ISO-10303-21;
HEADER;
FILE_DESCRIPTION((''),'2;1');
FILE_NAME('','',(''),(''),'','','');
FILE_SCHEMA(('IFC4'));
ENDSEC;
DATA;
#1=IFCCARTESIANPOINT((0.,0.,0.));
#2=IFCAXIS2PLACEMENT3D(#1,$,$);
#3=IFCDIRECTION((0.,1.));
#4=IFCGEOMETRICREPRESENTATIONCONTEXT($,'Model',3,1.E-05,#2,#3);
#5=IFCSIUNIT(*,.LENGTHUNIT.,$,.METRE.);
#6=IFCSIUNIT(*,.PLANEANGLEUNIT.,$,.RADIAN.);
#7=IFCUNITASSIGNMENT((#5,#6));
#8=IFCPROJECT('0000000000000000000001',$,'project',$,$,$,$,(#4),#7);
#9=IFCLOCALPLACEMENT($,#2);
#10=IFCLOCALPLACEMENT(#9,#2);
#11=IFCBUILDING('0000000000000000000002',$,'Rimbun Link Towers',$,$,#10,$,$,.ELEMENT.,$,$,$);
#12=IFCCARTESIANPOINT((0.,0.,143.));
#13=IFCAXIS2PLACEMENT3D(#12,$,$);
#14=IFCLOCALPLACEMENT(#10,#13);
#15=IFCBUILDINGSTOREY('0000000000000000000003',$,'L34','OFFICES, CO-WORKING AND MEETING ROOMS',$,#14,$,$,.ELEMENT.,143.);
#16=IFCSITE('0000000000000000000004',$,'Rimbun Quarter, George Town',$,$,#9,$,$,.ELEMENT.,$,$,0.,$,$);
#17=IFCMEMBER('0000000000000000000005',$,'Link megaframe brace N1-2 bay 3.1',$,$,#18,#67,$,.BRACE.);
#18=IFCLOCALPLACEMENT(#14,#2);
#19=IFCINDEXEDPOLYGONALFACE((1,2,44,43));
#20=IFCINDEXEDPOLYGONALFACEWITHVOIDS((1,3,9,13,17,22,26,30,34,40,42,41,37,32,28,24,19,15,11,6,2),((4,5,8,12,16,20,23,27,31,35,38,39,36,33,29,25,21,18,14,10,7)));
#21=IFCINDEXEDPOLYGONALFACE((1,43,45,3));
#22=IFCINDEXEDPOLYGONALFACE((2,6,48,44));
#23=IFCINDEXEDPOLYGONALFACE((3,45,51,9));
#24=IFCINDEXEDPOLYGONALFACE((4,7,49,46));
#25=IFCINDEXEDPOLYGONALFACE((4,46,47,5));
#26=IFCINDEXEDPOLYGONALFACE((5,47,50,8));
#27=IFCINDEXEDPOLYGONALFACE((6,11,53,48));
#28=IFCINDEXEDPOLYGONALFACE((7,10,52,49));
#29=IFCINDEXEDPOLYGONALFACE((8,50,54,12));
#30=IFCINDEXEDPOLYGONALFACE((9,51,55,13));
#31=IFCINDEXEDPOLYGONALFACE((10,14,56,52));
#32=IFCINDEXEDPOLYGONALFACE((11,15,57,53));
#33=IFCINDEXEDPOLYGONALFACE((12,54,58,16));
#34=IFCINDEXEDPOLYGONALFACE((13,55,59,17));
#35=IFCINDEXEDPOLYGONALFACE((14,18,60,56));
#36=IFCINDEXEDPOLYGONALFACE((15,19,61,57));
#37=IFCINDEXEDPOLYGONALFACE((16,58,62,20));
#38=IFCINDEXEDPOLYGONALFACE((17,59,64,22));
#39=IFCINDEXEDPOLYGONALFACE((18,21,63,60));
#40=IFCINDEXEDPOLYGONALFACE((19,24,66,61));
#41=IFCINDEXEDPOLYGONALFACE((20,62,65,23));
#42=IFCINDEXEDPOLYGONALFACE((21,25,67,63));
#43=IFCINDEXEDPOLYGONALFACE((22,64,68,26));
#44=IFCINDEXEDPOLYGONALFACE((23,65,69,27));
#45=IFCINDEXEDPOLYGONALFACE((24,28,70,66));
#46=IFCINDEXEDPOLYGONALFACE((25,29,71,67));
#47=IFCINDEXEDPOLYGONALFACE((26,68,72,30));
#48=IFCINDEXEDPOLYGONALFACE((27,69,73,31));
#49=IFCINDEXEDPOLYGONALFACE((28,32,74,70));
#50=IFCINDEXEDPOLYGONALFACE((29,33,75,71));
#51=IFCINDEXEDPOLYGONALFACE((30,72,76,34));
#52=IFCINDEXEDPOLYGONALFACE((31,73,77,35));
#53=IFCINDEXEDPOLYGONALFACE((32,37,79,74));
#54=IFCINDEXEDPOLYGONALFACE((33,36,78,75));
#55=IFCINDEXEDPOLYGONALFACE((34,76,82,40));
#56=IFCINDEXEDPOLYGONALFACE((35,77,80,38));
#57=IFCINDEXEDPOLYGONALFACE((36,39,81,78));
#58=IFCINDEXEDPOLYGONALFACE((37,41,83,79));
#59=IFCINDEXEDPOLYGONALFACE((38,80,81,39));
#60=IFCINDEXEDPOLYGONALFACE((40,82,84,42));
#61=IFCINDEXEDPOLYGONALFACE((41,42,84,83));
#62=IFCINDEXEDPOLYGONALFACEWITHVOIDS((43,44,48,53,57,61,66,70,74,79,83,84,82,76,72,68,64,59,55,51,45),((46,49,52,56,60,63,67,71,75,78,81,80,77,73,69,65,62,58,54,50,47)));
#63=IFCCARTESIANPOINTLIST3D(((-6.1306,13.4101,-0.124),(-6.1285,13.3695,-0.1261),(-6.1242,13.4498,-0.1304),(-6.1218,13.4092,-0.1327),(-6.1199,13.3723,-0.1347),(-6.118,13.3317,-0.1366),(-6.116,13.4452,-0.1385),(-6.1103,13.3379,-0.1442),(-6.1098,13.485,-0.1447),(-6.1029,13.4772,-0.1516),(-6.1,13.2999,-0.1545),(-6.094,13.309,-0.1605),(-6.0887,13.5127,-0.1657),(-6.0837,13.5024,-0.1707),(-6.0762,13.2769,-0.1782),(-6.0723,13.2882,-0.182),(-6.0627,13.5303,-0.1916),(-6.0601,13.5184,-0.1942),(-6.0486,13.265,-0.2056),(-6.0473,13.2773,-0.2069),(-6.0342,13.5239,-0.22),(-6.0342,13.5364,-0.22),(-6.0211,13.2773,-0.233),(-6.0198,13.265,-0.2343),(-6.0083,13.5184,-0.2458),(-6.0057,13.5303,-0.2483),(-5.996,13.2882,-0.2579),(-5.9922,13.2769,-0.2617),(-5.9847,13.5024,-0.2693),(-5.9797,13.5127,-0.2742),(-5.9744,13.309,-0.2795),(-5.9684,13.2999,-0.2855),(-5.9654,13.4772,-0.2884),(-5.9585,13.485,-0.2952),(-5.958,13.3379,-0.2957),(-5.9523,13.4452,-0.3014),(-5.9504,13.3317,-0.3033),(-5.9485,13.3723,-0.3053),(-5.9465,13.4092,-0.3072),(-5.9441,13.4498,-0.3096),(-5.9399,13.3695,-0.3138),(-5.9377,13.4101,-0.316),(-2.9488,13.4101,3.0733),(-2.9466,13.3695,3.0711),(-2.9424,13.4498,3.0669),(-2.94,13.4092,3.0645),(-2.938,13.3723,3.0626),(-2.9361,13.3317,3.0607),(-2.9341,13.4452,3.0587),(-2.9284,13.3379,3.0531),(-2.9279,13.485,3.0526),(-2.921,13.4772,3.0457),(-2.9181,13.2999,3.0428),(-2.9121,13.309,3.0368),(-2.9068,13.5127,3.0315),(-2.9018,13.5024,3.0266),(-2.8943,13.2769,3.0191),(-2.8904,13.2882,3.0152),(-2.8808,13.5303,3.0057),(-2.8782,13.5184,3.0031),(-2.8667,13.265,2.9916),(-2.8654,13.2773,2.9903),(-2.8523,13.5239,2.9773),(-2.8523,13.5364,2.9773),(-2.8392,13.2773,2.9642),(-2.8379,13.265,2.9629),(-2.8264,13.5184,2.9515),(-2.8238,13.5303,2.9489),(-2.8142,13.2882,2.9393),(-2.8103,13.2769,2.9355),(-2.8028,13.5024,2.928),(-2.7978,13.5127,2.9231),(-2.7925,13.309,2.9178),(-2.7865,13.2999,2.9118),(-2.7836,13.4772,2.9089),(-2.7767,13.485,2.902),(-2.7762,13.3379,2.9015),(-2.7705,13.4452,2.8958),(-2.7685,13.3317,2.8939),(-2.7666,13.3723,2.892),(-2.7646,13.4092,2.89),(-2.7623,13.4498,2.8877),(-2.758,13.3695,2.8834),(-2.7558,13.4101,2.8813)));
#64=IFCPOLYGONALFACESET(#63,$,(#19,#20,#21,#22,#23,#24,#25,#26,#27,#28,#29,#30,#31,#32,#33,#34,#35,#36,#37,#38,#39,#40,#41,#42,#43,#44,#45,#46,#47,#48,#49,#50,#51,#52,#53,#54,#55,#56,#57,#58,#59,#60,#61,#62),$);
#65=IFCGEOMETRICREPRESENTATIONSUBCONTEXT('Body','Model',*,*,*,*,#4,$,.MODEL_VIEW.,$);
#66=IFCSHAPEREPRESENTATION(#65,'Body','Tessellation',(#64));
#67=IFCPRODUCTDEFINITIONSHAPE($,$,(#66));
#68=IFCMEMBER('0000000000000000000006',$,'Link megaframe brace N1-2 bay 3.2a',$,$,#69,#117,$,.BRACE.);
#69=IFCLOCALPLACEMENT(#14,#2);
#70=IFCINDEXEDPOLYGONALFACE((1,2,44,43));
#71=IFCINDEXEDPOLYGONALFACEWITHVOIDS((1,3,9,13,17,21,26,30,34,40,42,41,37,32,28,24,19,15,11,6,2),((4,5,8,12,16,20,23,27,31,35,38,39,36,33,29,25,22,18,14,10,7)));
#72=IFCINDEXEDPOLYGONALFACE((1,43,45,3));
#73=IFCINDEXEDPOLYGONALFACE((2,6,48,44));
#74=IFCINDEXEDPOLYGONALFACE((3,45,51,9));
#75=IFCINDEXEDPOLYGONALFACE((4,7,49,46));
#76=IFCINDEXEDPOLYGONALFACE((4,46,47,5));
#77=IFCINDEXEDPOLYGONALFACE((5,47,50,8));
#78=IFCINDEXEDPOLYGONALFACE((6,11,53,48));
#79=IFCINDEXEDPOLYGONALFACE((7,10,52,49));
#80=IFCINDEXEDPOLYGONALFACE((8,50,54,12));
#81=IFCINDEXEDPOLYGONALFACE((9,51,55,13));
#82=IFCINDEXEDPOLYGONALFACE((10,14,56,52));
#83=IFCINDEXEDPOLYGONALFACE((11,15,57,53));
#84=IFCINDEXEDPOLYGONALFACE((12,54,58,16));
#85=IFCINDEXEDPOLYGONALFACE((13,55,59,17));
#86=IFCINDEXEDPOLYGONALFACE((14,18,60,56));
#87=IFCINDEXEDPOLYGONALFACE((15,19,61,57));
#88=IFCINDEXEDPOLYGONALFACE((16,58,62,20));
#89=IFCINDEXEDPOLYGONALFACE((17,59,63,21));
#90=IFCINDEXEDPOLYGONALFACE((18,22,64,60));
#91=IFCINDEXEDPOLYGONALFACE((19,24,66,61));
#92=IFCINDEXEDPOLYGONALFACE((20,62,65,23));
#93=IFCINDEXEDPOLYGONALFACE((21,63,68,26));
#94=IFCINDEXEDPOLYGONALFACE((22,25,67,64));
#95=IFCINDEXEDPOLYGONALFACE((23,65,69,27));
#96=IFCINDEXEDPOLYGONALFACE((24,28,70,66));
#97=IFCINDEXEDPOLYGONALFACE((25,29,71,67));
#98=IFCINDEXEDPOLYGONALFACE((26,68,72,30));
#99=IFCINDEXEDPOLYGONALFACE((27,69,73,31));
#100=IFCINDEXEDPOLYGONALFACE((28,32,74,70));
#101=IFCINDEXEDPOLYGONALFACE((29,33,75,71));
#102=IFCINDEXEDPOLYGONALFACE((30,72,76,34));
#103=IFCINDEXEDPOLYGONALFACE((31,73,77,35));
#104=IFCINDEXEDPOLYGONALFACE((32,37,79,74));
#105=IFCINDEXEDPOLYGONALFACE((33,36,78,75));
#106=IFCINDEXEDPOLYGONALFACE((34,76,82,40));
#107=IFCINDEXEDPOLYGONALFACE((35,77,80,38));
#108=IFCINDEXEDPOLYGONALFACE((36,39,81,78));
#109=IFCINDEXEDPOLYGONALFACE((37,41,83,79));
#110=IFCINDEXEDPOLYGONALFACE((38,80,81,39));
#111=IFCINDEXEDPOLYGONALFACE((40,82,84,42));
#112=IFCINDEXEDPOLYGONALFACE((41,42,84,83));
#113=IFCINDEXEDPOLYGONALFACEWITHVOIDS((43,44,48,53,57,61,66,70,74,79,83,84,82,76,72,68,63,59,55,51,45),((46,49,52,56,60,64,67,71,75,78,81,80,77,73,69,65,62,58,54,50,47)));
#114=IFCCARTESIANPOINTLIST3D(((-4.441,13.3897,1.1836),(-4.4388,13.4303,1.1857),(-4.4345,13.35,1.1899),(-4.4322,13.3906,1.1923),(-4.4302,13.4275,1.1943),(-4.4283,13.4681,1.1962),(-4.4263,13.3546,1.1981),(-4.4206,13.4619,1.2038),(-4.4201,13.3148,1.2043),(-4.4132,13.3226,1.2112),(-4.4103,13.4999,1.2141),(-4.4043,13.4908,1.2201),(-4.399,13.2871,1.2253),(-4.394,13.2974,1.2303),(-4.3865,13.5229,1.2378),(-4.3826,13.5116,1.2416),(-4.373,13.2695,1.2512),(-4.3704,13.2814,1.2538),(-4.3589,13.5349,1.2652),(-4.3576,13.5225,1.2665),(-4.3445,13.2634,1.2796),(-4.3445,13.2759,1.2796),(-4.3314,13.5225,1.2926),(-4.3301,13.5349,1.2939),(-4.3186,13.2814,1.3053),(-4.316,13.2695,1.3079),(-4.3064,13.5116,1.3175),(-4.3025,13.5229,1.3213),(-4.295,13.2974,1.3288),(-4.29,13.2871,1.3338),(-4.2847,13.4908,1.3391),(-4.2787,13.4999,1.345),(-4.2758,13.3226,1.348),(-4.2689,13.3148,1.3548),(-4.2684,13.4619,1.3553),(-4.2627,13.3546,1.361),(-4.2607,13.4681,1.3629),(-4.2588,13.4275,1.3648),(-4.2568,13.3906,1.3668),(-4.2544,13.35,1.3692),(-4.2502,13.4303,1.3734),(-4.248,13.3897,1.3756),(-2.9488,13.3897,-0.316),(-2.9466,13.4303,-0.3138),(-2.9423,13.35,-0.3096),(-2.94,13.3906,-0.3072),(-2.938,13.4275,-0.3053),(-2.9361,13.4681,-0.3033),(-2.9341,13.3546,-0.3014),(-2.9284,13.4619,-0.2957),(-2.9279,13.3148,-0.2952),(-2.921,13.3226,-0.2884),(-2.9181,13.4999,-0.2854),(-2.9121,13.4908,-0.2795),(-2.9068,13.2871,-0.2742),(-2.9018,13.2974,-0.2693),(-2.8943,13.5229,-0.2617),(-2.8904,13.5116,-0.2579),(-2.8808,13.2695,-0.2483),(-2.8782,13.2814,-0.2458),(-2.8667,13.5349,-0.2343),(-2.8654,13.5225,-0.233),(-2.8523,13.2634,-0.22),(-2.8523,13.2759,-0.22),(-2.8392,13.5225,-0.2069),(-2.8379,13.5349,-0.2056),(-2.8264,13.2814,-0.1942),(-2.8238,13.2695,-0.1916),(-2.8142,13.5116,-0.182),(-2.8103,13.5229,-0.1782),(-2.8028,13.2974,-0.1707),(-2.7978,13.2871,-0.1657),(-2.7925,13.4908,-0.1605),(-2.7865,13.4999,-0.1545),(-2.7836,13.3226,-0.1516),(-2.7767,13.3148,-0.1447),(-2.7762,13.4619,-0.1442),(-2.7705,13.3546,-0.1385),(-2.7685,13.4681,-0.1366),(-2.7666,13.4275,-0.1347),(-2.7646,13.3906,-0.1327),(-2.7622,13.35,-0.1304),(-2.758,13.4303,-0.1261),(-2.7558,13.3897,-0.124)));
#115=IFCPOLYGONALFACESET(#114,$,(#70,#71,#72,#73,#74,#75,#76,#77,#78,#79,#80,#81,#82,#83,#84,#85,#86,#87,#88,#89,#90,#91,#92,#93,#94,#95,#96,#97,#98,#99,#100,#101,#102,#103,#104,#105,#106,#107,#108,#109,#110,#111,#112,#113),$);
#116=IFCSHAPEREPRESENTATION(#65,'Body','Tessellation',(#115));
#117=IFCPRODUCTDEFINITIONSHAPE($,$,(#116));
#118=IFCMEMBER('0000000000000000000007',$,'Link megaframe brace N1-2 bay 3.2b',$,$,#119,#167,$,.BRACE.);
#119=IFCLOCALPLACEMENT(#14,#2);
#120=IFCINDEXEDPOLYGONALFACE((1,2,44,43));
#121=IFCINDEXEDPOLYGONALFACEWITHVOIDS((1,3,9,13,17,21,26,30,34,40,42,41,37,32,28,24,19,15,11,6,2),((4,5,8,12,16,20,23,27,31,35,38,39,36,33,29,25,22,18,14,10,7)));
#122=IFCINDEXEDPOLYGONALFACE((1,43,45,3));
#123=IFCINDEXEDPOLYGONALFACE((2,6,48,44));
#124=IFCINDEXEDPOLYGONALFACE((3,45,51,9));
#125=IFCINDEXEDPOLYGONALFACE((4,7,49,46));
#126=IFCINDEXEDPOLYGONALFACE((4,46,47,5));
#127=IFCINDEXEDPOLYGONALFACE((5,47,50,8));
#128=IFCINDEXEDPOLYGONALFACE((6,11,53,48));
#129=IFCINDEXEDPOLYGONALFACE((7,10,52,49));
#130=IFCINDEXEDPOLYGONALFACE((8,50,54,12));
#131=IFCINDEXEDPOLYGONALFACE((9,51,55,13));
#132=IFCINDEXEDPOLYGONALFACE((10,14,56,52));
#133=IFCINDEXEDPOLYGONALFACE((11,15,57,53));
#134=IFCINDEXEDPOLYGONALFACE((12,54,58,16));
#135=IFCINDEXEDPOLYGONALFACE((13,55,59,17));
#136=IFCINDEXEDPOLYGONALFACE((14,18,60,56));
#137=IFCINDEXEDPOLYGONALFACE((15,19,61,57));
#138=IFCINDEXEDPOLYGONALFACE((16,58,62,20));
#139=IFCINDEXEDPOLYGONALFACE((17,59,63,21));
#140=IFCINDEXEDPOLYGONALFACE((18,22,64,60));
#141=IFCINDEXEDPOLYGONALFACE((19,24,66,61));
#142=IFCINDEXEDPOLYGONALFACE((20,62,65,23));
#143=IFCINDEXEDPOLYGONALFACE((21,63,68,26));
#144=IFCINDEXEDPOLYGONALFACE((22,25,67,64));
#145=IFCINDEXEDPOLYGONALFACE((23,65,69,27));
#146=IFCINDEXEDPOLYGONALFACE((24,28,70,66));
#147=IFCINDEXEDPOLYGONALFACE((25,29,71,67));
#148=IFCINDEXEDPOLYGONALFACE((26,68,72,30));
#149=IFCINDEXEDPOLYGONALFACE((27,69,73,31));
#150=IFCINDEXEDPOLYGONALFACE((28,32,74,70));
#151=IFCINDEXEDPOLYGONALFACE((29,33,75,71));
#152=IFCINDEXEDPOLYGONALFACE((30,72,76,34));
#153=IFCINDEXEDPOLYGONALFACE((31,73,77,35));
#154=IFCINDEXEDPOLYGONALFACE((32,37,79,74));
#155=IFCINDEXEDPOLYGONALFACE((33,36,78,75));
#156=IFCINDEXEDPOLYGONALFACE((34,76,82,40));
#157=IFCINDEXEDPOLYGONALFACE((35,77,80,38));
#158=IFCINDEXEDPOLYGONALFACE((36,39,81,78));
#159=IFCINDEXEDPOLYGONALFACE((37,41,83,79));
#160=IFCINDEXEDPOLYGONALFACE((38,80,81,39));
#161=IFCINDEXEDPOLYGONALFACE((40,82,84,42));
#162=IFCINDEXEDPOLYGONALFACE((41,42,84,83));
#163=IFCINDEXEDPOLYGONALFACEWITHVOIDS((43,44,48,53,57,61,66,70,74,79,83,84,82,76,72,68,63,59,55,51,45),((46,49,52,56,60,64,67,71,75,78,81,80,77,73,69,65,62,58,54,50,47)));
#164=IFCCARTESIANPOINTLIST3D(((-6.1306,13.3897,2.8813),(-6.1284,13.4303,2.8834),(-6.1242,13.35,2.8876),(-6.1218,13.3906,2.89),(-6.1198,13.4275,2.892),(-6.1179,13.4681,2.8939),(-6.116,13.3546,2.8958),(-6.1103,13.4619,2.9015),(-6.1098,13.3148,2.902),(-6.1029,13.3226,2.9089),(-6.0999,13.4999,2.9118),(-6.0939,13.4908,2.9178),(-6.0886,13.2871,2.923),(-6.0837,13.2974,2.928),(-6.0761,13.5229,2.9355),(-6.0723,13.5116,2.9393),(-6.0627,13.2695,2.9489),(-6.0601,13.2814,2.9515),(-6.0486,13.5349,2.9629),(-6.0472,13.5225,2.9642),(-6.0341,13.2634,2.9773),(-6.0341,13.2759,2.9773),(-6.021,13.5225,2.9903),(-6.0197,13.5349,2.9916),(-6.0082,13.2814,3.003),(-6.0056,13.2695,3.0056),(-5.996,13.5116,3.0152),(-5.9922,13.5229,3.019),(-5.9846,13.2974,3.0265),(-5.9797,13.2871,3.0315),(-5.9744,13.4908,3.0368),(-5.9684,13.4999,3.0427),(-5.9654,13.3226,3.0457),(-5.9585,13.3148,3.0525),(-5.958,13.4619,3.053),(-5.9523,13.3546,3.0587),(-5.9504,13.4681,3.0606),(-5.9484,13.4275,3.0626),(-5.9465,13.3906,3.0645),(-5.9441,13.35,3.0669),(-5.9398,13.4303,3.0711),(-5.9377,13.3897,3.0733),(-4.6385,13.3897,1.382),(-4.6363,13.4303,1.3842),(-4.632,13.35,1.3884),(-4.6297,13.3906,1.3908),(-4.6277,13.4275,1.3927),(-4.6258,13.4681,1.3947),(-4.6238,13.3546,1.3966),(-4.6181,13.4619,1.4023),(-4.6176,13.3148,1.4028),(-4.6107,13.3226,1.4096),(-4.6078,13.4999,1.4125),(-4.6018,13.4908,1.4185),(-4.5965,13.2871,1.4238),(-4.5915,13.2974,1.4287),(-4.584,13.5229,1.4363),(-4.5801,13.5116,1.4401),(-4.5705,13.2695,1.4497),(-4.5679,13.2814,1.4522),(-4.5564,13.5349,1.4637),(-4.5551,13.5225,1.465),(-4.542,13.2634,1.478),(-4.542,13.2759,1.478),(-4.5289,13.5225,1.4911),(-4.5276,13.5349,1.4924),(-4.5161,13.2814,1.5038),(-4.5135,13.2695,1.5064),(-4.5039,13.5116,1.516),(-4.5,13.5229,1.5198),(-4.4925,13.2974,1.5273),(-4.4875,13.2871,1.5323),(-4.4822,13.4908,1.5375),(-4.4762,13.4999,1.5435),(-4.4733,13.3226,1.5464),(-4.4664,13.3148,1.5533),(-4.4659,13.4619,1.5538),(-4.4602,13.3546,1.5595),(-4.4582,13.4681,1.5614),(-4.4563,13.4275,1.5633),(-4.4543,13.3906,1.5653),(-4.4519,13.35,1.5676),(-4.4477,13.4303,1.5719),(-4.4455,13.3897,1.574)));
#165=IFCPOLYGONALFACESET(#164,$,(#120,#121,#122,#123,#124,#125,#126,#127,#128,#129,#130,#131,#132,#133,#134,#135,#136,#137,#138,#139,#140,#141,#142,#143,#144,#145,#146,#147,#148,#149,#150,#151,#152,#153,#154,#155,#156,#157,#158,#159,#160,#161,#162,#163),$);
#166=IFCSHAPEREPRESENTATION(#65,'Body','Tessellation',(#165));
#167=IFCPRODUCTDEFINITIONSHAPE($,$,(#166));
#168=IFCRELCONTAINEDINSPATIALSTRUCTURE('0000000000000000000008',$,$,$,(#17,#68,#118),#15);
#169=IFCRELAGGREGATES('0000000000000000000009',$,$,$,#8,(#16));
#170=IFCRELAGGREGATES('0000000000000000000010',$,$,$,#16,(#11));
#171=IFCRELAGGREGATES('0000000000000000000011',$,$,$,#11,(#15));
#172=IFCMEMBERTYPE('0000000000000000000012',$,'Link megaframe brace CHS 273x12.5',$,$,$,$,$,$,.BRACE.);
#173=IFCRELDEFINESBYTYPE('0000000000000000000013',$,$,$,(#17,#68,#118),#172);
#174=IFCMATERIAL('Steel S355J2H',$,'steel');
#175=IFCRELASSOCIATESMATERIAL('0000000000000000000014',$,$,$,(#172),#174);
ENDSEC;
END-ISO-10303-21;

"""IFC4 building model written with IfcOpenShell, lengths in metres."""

from ifc_helpers import new_model, si_unit, direction, frame, origin, origin_2d, place, context, subcontext, project, spatial, hollow_circle, extrude, material, material_profile, profile_set, type_object, element, save


model = new_model("IFC4")

# Units and contexts
model_context = context("Model", 3, precision=1e-05, world=origin(), true_north=direction((0.0, 1.0)))
body_context = subcontext(model_context, "Body", "Model", "MODEL_VIEW")
ifc_project = project(units=[si_unit("LENGTHUNIT", "METRE"), si_unit("PLANEANGLEUNIT", "RADIAN")], contexts=[model_context])

# Site, building, storey
site_placement = place(None, origin())
site = spatial("IfcSite", under=ifc_project, at=site_placement, Name="Rimbun Quarter, George Town", CompositionType="ELEMENT", RefElevation=0.0)
building_placement = place(site_placement, origin())
building = spatial("IfcBuilding", under=site, at=building_placement, Name="Rimbun Link Towers", CompositionType="ELEMENT")
storey_placement = place(building_placement, frame((0.0, 0.0, 143.0)))
storey = spatial("IfcBuildingStorey", under=building, at=storey_placement, Name="L34", Description="OFFICES, CO-WORKING AND MEETING ROOMS", CompositionType="ELEMENT", Elevation=143.0)

# Members
ifc_material_1 = material(Name="Steel S355J2H", Category="steel")
ifc_material_profile_1 = material_profile(ifc_material_1, hollow_circle(Radius=0.1365, WallThickness=0.0125, at=origin_2d()), Name="CHS 273x12.5")
ifc_profile_set_1 = profile_set([ifc_material_profile_1], Name="Steel S355J2H")
member_type_1 = type_object("IfcMemberType", Name="Link megaframe brace CHS 273x12.5", PredefinedType="BRACE", material=ifc_profile_set_1)
member_1_placement = place(storey_placement, frame((-6.0342, 13.3999, -0.22), z_axis=(0.7054, 0.0, 0.70881), x_axis=(0.0, 1.0, 0.0)))
element("IfcMember", 1, at=member_1_placement, inside=storey, type_object=member_type_1, Name="Link megaframe brace N1-2 bay 3.1", PredefinedType="BRACE", context=body_context, shape_type="SweptSolid", body=[
    extrude(hollow_circle(Radius=0.1365, WallThickness=0.0125, at=origin_2d()), origin(), (0.0, 0.0, 1.0), 4.5107),
])
member_2_placement = place(storey_placement, frame((-2.8523, 13.3999, -0.22), z_axis=(-0.705374, 0.0, 0.708836), x_axis=(0.0, -1.0, 0.0)))
element("IfcMember", 2, at=member_2_placement, inside=storey, type_object=member_type_1, Name="Link megaframe brace N1-2 bay 3.2a", PredefinedType="BRACE", context=body_context, shape_type="SweptSolid", body=[
    extrude(hollow_circle(Radius=0.1365, WallThickness=0.0125, at=origin_2d()), origin(), (0.0, 0.0, 1.0), 2.1155),
])
member_3_placement = place(storey_placement, frame((-4.542, 13.3999, 1.478), z_axis=(-0.705431, 0.0, 0.708778), x_axis=(0.0, -1.0, 0.0)))
element("IfcMember", 3, at=member_3_placement, inside=storey, type_object=member_type_1, Name="Link megaframe brace N1-2 bay 3.2b", PredefinedType="BRACE", context=body_context, shape_type="SweptSolid", body=[
    extrude(hollow_circle(Radius=0.1365, WallThickness=0.0125, at=origin_2d()), origin(), (0.0, 0.0, 1.0), 2.1152),
])

save(model, "model.ifc")
